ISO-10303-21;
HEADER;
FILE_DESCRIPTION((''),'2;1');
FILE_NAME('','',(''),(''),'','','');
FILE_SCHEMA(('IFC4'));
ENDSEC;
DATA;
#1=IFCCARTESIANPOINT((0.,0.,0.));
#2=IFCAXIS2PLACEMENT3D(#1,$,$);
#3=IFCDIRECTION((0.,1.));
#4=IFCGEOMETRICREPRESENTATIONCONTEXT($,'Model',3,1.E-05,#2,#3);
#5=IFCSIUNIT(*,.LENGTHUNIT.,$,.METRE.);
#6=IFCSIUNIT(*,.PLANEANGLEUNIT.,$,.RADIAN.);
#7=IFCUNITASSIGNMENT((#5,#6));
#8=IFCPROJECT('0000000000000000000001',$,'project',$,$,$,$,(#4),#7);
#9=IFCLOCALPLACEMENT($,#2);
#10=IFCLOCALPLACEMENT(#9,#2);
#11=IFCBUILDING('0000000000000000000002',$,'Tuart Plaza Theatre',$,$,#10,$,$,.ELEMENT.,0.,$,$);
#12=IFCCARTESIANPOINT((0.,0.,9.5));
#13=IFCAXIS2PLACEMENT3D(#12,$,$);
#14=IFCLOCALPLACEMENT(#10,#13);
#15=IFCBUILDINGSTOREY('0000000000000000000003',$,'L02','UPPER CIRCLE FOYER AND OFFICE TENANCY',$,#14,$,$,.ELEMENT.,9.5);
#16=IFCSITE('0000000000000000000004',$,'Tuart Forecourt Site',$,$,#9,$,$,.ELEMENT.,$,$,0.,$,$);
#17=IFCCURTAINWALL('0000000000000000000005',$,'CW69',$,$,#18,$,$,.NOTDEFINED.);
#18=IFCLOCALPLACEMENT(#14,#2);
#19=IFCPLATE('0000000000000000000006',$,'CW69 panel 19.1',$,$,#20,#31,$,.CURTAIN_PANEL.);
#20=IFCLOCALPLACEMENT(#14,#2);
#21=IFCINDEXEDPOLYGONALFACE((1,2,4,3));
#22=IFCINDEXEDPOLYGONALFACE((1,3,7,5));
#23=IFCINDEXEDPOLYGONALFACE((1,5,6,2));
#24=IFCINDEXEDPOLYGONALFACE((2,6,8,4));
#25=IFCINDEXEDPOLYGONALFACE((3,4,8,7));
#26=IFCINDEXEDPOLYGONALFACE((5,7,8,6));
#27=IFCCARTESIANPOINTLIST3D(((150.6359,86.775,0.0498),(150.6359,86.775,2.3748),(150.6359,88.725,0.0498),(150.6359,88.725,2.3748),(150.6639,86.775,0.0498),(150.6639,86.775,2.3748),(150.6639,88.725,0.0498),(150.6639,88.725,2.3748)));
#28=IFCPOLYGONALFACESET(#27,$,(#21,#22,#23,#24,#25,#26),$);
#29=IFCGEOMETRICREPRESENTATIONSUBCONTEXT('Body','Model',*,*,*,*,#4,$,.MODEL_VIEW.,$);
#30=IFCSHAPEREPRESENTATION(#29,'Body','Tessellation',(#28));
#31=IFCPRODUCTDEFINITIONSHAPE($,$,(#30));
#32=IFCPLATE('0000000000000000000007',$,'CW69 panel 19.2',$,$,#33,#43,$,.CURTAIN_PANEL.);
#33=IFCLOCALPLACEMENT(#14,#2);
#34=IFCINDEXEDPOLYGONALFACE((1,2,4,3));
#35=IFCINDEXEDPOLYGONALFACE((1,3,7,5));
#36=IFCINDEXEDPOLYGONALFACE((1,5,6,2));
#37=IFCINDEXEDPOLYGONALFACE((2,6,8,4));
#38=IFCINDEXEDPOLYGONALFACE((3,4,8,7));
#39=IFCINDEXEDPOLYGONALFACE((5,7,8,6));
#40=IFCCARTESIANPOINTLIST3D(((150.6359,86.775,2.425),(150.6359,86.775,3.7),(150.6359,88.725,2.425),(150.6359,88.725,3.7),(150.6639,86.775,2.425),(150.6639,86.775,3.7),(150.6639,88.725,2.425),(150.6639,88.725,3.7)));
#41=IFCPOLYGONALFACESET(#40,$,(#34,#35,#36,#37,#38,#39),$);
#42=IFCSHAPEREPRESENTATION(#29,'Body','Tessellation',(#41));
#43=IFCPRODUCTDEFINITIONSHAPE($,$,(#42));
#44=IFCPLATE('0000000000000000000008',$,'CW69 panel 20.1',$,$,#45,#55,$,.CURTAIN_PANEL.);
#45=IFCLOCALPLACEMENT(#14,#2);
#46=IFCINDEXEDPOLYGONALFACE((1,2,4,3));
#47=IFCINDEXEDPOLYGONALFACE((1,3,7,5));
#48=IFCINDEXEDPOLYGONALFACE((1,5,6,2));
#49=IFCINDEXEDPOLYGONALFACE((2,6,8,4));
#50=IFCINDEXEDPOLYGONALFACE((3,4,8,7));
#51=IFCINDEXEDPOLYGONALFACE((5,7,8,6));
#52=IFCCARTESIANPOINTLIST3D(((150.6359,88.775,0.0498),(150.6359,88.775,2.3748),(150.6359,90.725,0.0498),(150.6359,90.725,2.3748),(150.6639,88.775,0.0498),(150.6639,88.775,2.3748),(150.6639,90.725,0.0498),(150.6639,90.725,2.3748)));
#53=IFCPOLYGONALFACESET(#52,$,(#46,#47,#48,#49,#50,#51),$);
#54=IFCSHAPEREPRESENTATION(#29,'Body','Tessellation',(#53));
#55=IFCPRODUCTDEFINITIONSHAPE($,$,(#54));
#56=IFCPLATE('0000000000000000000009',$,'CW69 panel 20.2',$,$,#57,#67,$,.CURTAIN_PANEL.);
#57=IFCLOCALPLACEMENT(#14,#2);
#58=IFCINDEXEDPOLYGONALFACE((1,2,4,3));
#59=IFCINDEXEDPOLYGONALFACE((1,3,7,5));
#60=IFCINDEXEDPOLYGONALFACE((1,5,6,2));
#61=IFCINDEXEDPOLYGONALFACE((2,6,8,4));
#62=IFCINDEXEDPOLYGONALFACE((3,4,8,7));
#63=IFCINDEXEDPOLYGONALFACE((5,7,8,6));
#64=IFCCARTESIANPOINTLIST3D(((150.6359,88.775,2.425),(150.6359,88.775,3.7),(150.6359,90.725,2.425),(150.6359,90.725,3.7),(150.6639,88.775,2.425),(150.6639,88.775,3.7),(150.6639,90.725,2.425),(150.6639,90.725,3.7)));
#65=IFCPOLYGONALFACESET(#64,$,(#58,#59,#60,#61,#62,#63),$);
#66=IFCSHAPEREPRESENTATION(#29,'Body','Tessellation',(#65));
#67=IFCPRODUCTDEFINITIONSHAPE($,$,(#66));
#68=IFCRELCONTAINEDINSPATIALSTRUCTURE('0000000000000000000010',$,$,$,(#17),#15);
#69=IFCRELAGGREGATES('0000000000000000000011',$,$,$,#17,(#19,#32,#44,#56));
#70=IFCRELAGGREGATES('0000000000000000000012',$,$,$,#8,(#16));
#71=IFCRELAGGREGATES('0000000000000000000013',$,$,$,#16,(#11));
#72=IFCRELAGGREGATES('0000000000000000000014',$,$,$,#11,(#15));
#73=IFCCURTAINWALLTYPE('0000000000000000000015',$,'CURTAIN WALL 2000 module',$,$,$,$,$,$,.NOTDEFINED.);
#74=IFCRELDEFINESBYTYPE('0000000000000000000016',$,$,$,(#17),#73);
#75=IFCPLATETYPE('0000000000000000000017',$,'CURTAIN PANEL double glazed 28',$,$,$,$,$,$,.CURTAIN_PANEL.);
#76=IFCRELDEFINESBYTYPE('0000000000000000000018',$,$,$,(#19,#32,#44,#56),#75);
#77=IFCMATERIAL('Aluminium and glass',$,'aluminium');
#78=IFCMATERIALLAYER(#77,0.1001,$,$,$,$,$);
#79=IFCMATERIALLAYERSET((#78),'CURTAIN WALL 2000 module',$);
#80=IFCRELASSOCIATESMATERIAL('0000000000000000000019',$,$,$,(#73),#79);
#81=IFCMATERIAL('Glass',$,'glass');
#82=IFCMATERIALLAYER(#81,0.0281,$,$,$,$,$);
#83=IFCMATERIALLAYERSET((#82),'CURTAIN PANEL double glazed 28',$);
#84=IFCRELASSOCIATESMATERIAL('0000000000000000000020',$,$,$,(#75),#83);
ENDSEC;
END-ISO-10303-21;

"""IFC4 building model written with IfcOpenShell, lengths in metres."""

from ifc_helpers import new_model, si_unit, direction, frame, origin, origin_2d, place, context, subcontext, project, spatial, rectangle, extrude, material, layer, layer_set, type_object, element, aggregate, save


model = new_model("IFC4")

# Units and contexts
model_context = context("Model", 3, precision=1e-05, world=origin(), true_north=direction((0.0, 1.0)))
body_context = subcontext(model_context, "Body", "Model", "MODEL_VIEW")
ifc_project = project(units=[si_unit("LENGTHUNIT", "METRE"), si_unit("PLANEANGLEUNIT", "RADIAN")], contexts=[model_context])

# Site, building, storey
site_placement = place(None, origin())
site = spatial("IfcSite", under=ifc_project, at=site_placement, Name="Tuart Forecourt Site", CompositionType="ELEMENT", RefElevation=0.0)
building_placement = place(site_placement, origin())
building = spatial("IfcBuilding", under=site, at=building_placement, Name="Tuart Plaza Theatre", CompositionType="ELEMENT", ElevationOfRefHeight=0.0)
storey_placement = place(building_placement, frame((0.0, 0.0, 9.5)))
storey = spatial("IfcBuildingStorey", under=building, at=storey_placement, Name="L02", Description="UPPER CIRCLE FOYER AND OFFICE TENANCY", CompositionType="ELEMENT", Elevation=9.5)

# Curtain wall, plates
ifc_material_1 = material(Name="Aluminium and glass", Category="aluminium")
ifc_layer_1 = layer(ifc_material_1, 0.1001)
ifc_layer_set_1 = layer_set([ifc_layer_1], Name="CURTAIN WALL 2000 module")
curtain_wall_type = type_object("IfcCurtainWallType", Name="CURTAIN WALL 2000 module", PredefinedType="NOTDEFINED", material=ifc_layer_set_1)
curtain_wall_placement = place(storey_placement, origin())
curtain_wall = element("IfcCurtainWall", 1, at=curtain_wall_placement, inside=storey, type_object=curtain_wall_type, Name="CW69", PredefinedType="NOTDEFINED")
ifc_material_2 = material(Name="Glass", Category="glass")
ifc_layer_2 = layer(ifc_material_2, 0.0281)
ifc_layer_set_2 = layer_set([ifc_layer_2], Name="CURTAIN PANEL double glazed 28")
plate_type = type_object("IfcPlateType", Name="CURTAIN PANEL double glazed 28", PredefinedType="CURTAIN_PANEL", material=ifc_layer_set_2)
plate_1_placement = place(storey_placement, frame((150.6499, 87.75, 0.0498), z_axis=(0.0, 0.0, 1.0), x_axis=(0.0, 1.0, 0.0)))
plate_1 = element("IfcPlate", 2, at=plate_1_placement, type_object=plate_type, Name="CW69 panel 19.1", PredefinedType="CURTAIN_PANEL", context=body_context, shape_type="SweptSolid", body=[
    extrude(rectangle(XDim=1.95, YDim=0.0281, at=origin_2d()), origin(), (0.0, 0.0, 1.0), 2.325),
])
plate_2_placement = place(storey_placement, frame((150.6499, 87.75, 2.425), z_axis=(0.0, 0.0, 1.0), x_axis=(0.0, 1.0, 0.0)))
plate_2 = element("IfcPlate", 3, at=plate_2_placement, type_object=plate_type, Name="CW69 panel 19.2", PredefinedType="CURTAIN_PANEL", context=body_context, shape_type="SweptSolid", body=[
    extrude(rectangle(XDim=1.95, YDim=0.0281, at=origin_2d()), origin(), (0.0, 0.0, 1.0), 1.2749),
])
plate_3_placement = place(storey_placement, frame((150.6499, 89.75, 0.0498), z_axis=(0.0, 0.0, 1.0), x_axis=(0.0, 1.0, 0.0)))
plate_3 = element("IfcPlate", 4, at=plate_3_placement, type_object=plate_type, Name="CW69 panel 20.1", PredefinedType="CURTAIN_PANEL", context=body_context, shape_type="SweptSolid", body=[
    extrude(rectangle(XDim=1.95, YDim=0.0281, at=origin_2d()), origin(), (0.0, 0.0, 1.0), 2.325),
])
plate_4_placement = place(storey_placement, frame((150.6499, 89.75, 2.425), z_axis=(0.0, 0.0, 1.0), x_axis=(0.0, 1.0, 0.0)))
plate_4 = element("IfcPlate", 5, at=plate_4_placement, type_object=plate_type, Name="CW69 panel 20.2", PredefinedType="CURTAIN_PANEL", context=body_context, shape_type="SweptSolid", body=[
    extrude(rectangle(XDim=1.95, YDim=0.0281, at=origin_2d()), origin(), (0.0, 0.0, 1.0), 1.2749),
])
aggregate(curtain_wall, [plate_1, plate_2, plate_3, plate_4])

save(model, "model.ifc")
